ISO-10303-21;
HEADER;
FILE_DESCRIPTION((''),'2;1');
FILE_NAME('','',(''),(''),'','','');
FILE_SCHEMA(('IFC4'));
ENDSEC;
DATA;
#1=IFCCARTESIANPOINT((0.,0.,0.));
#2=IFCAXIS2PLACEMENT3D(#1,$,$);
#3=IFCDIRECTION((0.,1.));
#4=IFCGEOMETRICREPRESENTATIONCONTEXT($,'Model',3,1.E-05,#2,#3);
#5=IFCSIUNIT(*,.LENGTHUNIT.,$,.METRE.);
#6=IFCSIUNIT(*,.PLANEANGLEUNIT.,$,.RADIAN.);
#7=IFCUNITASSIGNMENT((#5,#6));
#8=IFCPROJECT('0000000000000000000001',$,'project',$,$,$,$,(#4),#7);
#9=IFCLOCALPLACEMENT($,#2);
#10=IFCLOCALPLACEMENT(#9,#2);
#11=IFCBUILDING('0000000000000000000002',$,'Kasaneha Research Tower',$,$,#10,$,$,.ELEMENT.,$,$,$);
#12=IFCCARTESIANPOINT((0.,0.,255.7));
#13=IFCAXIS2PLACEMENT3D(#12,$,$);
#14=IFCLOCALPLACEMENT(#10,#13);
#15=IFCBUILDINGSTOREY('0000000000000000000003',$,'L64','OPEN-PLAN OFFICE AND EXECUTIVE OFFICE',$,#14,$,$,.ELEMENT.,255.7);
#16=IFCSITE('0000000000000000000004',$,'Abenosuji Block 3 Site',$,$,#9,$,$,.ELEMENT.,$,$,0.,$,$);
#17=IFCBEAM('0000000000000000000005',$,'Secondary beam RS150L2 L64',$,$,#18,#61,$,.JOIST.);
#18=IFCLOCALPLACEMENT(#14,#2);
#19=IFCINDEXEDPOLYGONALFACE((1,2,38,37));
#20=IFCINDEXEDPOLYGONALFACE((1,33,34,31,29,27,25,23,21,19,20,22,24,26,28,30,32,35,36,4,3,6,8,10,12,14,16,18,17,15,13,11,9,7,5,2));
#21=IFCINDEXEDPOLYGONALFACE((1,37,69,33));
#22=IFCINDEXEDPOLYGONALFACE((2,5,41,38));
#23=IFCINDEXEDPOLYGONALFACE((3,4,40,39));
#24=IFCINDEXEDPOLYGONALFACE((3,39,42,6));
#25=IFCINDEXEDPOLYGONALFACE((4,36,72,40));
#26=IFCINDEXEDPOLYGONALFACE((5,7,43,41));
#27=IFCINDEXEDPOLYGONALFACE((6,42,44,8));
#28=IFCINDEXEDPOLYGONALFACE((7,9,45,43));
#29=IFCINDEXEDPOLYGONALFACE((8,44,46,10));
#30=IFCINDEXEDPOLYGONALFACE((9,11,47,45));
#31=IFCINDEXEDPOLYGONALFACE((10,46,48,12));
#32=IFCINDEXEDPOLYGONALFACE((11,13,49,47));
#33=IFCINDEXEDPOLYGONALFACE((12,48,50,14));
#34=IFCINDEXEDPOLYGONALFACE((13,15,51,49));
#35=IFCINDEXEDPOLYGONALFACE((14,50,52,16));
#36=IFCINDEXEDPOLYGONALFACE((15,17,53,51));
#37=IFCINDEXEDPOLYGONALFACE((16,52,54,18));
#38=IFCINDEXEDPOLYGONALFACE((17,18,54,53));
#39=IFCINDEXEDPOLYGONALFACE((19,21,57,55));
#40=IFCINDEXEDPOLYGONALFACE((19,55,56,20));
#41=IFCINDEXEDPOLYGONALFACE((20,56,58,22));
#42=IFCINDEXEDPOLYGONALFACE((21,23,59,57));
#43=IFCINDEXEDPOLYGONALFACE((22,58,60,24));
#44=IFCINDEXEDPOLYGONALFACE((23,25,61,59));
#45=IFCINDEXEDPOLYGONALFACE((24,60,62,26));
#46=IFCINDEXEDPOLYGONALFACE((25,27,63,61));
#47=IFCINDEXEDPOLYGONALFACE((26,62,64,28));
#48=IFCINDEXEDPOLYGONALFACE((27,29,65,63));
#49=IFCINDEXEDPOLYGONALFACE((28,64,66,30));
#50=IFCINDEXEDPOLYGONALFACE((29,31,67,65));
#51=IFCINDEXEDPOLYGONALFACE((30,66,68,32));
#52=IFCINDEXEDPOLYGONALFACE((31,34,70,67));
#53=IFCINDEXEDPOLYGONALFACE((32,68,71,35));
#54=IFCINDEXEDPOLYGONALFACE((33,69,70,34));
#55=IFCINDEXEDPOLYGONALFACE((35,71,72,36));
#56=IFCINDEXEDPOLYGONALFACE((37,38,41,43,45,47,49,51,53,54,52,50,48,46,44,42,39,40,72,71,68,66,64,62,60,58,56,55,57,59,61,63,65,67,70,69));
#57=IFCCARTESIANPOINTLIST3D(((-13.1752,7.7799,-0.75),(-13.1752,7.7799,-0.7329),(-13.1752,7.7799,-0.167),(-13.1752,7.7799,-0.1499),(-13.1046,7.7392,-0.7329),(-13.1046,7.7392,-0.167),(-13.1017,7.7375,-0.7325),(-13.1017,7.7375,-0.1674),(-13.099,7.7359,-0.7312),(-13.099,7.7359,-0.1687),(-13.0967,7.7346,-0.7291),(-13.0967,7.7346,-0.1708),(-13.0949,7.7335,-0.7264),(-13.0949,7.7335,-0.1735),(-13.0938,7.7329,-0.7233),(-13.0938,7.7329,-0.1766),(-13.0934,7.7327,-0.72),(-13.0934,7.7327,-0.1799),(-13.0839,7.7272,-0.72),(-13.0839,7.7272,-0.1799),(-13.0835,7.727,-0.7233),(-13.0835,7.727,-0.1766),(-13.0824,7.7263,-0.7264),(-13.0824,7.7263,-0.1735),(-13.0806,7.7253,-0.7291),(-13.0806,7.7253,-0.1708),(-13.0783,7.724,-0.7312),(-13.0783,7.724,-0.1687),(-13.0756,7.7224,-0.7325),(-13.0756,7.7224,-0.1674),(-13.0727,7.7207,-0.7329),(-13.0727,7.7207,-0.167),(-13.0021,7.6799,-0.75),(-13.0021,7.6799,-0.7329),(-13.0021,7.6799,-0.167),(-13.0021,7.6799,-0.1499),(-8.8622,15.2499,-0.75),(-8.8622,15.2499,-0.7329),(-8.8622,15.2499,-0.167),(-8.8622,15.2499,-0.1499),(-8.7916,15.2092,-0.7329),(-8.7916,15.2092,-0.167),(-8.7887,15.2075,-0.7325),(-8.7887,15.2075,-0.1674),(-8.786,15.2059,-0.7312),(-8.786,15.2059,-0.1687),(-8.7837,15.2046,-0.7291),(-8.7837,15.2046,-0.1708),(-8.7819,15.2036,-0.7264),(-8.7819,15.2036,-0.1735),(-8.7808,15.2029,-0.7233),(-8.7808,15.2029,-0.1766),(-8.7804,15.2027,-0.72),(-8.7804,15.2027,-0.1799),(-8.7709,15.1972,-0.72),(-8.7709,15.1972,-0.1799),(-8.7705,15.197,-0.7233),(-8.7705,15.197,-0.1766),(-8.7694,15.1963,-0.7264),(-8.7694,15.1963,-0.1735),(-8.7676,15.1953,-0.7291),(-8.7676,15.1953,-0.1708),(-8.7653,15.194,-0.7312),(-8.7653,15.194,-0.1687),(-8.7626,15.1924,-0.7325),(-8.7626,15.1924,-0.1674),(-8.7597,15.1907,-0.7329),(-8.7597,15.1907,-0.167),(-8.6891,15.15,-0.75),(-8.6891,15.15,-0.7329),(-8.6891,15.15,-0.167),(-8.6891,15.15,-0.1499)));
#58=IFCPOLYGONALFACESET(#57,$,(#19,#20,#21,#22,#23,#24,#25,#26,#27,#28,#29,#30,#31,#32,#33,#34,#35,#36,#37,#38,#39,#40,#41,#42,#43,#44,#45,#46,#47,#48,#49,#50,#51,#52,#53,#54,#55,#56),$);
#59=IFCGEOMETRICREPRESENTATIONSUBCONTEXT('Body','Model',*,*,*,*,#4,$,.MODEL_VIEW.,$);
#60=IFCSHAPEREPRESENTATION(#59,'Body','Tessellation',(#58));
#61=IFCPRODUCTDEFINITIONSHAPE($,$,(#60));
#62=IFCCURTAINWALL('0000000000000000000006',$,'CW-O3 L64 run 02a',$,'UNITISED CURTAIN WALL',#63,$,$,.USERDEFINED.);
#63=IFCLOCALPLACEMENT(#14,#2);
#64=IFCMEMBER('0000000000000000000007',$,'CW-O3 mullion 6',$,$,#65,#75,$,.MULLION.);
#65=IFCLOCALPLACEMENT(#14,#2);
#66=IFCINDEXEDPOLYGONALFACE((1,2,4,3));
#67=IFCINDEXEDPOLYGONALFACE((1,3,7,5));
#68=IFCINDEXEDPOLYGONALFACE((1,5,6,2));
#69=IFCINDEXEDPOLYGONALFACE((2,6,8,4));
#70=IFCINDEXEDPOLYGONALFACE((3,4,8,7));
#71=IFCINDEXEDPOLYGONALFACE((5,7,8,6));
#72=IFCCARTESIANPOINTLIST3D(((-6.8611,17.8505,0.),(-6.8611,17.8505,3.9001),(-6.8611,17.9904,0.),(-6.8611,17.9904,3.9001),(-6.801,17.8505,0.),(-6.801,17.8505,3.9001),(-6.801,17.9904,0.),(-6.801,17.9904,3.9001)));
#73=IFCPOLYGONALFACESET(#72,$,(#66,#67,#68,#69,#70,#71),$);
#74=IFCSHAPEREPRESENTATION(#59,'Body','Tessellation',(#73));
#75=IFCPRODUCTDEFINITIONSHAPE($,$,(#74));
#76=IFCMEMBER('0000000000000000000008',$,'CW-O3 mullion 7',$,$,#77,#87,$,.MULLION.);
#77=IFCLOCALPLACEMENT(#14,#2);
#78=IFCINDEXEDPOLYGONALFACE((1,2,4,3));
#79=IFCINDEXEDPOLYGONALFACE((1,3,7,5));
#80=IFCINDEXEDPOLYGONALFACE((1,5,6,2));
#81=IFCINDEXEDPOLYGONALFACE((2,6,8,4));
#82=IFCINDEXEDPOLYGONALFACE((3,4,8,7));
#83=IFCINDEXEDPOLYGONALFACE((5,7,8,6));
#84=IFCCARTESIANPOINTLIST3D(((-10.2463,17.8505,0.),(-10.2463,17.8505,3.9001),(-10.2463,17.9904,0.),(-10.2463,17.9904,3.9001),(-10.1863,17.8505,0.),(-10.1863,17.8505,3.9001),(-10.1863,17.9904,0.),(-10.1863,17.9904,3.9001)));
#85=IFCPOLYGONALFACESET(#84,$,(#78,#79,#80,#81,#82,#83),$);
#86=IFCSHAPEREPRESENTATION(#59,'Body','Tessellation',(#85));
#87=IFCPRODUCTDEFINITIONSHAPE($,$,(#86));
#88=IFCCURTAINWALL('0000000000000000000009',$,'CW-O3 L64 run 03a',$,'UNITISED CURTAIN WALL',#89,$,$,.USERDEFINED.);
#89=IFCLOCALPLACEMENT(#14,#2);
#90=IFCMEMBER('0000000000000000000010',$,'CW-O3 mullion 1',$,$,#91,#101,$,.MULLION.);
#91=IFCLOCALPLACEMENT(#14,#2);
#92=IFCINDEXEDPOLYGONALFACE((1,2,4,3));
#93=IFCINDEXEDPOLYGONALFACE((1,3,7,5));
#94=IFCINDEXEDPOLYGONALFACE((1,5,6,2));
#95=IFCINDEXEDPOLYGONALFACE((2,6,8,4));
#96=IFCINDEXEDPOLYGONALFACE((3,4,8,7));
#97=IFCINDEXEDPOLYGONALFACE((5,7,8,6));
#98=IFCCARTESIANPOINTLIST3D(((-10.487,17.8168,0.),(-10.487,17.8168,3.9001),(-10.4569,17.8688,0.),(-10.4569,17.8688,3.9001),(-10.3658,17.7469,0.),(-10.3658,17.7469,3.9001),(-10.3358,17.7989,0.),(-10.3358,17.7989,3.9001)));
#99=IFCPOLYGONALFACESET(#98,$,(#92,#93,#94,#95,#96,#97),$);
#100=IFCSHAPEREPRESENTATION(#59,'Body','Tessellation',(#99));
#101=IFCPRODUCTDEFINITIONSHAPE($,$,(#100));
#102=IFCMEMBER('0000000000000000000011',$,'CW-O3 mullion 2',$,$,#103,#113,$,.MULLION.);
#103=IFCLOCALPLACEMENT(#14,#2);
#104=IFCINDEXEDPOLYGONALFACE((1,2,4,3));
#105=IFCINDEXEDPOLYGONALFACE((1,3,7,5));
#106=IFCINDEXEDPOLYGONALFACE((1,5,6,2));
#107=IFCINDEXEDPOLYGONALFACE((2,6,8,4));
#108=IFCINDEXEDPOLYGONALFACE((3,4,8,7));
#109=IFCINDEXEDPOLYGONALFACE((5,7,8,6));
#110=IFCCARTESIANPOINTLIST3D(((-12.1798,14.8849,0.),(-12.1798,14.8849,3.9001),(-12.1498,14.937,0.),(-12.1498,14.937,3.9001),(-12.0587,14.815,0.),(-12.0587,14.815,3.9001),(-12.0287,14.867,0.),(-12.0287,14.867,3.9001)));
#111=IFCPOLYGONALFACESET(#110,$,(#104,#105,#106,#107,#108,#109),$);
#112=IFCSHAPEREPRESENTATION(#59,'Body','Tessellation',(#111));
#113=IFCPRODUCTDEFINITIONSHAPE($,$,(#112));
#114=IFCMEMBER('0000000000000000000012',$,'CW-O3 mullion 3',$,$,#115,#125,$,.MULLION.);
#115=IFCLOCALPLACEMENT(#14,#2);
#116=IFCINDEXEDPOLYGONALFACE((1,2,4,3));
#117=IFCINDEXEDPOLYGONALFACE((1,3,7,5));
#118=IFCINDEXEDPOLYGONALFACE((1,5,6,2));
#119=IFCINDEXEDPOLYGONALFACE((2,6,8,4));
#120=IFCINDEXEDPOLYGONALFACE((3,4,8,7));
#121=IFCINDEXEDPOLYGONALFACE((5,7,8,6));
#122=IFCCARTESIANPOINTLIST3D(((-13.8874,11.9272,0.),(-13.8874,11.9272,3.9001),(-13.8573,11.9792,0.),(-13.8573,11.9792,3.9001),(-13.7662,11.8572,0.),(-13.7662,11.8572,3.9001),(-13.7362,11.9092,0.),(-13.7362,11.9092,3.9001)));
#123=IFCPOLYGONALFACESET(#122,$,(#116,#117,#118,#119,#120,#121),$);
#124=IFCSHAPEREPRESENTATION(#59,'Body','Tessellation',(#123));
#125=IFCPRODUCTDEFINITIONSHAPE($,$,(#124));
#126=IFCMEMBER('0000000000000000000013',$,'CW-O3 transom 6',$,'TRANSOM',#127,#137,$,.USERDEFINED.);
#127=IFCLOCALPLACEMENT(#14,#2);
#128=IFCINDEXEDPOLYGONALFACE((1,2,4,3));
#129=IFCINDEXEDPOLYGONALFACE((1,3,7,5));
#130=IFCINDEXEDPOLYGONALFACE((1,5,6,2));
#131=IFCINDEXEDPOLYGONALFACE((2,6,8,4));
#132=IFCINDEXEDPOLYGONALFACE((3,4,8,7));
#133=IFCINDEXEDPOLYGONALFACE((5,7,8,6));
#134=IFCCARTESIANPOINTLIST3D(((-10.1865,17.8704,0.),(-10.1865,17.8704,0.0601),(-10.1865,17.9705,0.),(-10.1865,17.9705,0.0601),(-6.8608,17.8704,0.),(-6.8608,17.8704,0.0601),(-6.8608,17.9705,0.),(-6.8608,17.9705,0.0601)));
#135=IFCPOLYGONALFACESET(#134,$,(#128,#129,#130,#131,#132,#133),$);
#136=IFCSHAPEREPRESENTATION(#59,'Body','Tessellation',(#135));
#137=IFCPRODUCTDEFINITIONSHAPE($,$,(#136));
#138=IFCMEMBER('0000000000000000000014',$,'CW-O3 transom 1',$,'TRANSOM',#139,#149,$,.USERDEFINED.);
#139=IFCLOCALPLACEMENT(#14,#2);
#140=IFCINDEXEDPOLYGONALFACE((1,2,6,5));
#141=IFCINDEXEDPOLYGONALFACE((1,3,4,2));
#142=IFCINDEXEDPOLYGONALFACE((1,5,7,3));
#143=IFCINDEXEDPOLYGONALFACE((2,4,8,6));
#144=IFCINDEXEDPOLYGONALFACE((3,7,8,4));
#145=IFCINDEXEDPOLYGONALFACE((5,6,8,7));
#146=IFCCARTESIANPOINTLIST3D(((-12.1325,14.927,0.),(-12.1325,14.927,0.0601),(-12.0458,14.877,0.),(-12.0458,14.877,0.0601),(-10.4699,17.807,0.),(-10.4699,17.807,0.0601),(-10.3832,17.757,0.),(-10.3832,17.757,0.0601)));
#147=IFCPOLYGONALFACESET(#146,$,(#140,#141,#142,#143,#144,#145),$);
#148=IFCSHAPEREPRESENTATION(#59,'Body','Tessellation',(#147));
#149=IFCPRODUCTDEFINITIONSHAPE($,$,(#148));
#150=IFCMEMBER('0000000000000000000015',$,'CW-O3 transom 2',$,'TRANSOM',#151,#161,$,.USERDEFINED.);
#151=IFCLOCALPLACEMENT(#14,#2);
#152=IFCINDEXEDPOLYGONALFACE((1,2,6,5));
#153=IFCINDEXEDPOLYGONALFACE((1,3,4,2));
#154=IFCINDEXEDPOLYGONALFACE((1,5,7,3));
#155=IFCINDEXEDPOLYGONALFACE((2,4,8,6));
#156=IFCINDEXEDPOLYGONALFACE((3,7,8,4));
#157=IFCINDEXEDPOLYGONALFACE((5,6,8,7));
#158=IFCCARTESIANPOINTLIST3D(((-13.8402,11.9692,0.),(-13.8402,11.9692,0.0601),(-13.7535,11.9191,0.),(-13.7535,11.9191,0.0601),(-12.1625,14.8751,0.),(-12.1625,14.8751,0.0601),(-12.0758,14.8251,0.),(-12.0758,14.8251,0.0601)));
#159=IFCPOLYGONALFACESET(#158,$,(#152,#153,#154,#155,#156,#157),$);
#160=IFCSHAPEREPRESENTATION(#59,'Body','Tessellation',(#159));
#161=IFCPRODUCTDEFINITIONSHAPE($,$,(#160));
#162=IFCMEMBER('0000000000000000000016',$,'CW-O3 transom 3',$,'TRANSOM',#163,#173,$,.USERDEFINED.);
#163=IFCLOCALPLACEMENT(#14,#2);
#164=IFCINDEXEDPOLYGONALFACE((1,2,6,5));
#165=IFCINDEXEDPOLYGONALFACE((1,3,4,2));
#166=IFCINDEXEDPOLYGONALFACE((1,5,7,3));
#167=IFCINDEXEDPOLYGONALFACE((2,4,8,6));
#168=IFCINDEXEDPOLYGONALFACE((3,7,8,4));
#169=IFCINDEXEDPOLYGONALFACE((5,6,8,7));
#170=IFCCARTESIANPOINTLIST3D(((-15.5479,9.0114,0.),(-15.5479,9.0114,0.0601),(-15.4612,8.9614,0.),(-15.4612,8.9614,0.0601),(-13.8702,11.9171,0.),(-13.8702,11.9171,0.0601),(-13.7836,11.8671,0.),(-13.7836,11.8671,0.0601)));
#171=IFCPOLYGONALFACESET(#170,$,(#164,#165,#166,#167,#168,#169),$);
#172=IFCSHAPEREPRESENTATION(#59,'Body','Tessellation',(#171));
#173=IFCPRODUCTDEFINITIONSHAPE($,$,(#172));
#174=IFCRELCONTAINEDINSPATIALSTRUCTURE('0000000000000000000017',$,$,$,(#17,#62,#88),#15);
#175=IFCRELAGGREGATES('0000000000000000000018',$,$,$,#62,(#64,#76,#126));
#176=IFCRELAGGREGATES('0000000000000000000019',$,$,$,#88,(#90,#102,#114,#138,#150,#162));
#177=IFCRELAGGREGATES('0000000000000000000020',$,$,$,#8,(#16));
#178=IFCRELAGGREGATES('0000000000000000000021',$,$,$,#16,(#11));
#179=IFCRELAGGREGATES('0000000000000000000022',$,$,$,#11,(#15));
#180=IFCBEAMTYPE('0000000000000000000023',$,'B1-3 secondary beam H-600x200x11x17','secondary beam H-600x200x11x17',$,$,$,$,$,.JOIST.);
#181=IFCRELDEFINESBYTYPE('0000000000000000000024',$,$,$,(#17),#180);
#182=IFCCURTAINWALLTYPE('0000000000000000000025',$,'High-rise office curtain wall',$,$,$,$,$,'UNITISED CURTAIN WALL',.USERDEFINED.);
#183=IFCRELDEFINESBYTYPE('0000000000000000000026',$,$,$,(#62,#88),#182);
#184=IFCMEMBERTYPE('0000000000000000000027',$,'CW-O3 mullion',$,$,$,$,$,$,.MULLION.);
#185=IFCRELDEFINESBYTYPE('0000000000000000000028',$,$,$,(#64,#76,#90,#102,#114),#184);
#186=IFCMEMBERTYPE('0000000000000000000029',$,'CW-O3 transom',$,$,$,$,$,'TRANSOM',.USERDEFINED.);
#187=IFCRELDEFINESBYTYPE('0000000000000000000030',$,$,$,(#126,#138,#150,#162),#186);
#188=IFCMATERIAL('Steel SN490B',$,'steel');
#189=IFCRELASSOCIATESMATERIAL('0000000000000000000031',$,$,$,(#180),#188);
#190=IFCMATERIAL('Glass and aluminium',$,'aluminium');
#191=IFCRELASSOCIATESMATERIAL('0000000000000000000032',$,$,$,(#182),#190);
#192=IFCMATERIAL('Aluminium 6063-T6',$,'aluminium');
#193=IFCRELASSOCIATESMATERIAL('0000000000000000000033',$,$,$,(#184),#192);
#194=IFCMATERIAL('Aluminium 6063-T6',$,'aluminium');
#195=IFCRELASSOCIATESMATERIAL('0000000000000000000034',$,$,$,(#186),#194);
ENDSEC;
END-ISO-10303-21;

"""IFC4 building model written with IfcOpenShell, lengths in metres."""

from ifc_helpers import new_model, si_unit, direction, frame, origin, origin_2d, place, context, subcontext, project, spatial, rectangle, i_section, extrude, material, material_profile, profile_set, type_object, element, aggregate, save


model = new_model("IFC4")

# Units and contexts
model_context = context("Model", 3, precision=1e-05, world=origin(), true_north=direction((0.0, 1.0)))
body_context = subcontext(model_context, "Body", "Model", "MODEL_VIEW")
ifc_project = project(units=[si_unit("LENGTHUNIT", "METRE"), si_unit("PLANEANGLEUNIT", "RADIAN")], contexts=[model_context])

# Site, building, storey
site_placement = place(None, origin())
site = spatial("IfcSite", under=ifc_project, at=site_placement, Name="Abenosuji Block 3 Site", CompositionType="ELEMENT", RefElevation=0.0)
building_placement = place(site_placement, origin())
building = spatial("IfcBuilding", under=site, at=building_placement, Name="Kasaneha Research Tower", CompositionType="ELEMENT")
storey_placement = place(building_placement, frame((0.0, 0.0, 255.7)))
storey = spatial("IfcBuildingStorey", under=building, at=storey_placement, Name="L64", Description="OPEN-PLAN OFFICE AND EXECUTIVE OFFICE", CompositionType="ELEMENT", Elevation=255.7)

# Beam
ifc_material_1 = material(Name="Steel SN490B", Category="steel")
ifc_material_profile_1 = material_profile(ifc_material_1, i_section(OverallWidth=0.2, OverallDepth=0.6001, WebThickness=0.011, FlangeThickness=0.0171, FilletRadius=0.0129, at=origin_2d()), Name="H-600x200x11x17")
ifc_profile_set_1 = profile_set([ifc_material_profile_1], Name="Steel SN490B")
beam_type_1 = type_object("IfcBeamType", Name="B1-3 secondary beam H-600x200x11x17", Description="secondary beam H-600x200x11x17", PredefinedType="JOIST", material=ifc_profile_set_1)
beam_1_placement = place(storey_placement, frame((-8.7756, 15.2, -0.45), z_axis=(-0.500017, -0.866015, 0.0), x_axis=(0.866015, -0.500017, 0.0)))
element("IfcBeam", 1, at=beam_1_placement, inside=storey, type_object=beam_type_1, Name="Secondary beam RS150L2 L64", PredefinedType="JOIST", context=body_context, shape_type="SweptSolid", body=[
    extrude(i_section(OverallWidth=0.2, OverallDepth=0.6001, WebThickness=0.011, FlangeThickness=0.0171, FilletRadius=0.0129, at=origin_2d()), origin(), (0.0, 0.0, 1.0), 8.6257),
])

# Curtain walls, members
ifc_material_2 = material(Name="Glass and aluminium", Category="aluminium")
curtain_wall_type = type_object("IfcCurtainWallType", Name="High-rise office curtain wall", ElementType="UNITISED CURTAIN WALL", PredefinedType="USERDEFINED", material=ifc_material_2)
curtain_wall_1_placement = place(storey_placement, origin())
curtain_wall_1 = element("IfcCurtainWall", 2, at=curtain_wall_1_placement, inside=storey, type_object=curtain_wall_type, Name="CW-O3 L64 run 02a", ObjectType="UNITISED CURTAIN WALL", PredefinedType="USERDEFINED")
ifc_material_3 = material(Name="Aluminium 6063-T6", Category="aluminium")
ifc_material_profile_2 = material_profile(ifc_material_3, rectangle(XDim=0.0601, YDim=0.1399, at=origin_2d()), Name="CW-O3 mullion 60x140")
ifc_profile_set_2 = profile_set([ifc_material_profile_2], Name="Aluminium 6063-T6")
member_type_1 = type_object("IfcMemberType", Name="CW-O3 mullion", PredefinedType="MULLION", material=ifc_profile_set_2)
member_1_placement = place(storey_placement, frame((-6.8311, 17.9204, 0.0), z_axis=(0.0, 0.0, 1.0), x_axis=(-1.0, 0.0, 0.0)))
member_1 = element("IfcMember", 3, at=member_1_placement, type_object=member_type_1, Name="CW-O3 mullion 6", PredefinedType="MULLION", context=body_context, shape_type="SweptSolid", body=[
    extrude(rectangle(XDim=0.0601, YDim=0.1399, at=origin_2d()), origin(), (0.0, 0.0, 1.0), 3.9001),
])
member_2_placement = place(storey_placement, frame((-10.2163, 17.9204, 0.0), z_axis=(0.0, 0.0, 1.0), x_axis=(-1.0, 0.0, 0.0)))
member_2 = element("IfcMember", 4, at=member_2_placement, type_object=member_type_1, Name="CW-O3 mullion 7", PredefinedType="MULLION", context=body_context, shape_type="SweptSolid", body=[
    extrude(rectangle(XDim=0.0601, YDim=0.1399, at=origin_2d()), origin(), (0.0, 0.0, 1.0), 3.9001),
])
curtain_wall_2_placement = place(storey_placement, origin())
curtain_wall_2 = element("IfcCurtainWall", 5, at=curtain_wall_2_placement, inside=storey, type_object=curtain_wall_type, Name="CW-O3 L64 run 03a", ObjectType="UNITISED CURTAIN WALL", PredefinedType="USERDEFINED")
member_3_placement = place(storey_placement, frame((-10.4114, 17.8079, 0.0), z_axis=(0.0, 0.0, 1.0), x_axis=(-0.5, -0.866025, 0.0)))
member_3 = element("IfcMember", 6, at=member_3_placement, type_object=member_type_1, Name="CW-O3 mullion 1", PredefinedType="MULLION", context=body_context, shape_type="SweptSolid", body=[
    extrude(rectangle(XDim=0.0601, YDim=0.1399, at=origin_2d()), origin(), (0.0, 0.0, 1.0), 3.9001),
])
member_4_placement = place(storey_placement, frame((-12.1042, 14.876, 0.0), z_axis=(0.0, 0.0, 1.0), x_axis=(-0.5, -0.866025, 0.0)))
member_4 = element("IfcMember", 7, at=member_4_placement, type_object=member_type_1, Name="CW-O3 mullion 2", PredefinedType="MULLION", context=body_context, shape_type="SweptSolid", body=[
    extrude(rectangle(XDim=0.0601, YDim=0.1399, at=origin_2d()), origin(), (0.0, 0.0, 1.0), 3.9001),
])
member_5_placement = place(storey_placement, frame((-13.8118, 11.9182, 0.0), z_axis=(0.0, 0.0, 1.0), x_axis=(-0.5, -0.866025, 0.0)))
member_5 = element("IfcMember", 8, at=member_5_placement, type_object=member_type_1, Name="CW-O3 mullion 3", PredefinedType="MULLION", context=body_context, shape_type="SweptSolid", body=[
    extrude(rectangle(XDim=0.0601, YDim=0.1399, at=origin_2d()), origin(), (0.0, 0.0, 1.0), 3.9001),
])

# Members
ifc_material_4 = material(Name="Aluminium 6063-T6", Category="aluminium")
ifc_material_profile_3 = material_profile(ifc_material_4, rectangle(XDim=0.1001, YDim=0.0601, at=origin_2d()), Name="CW-O3 transom 100x60")
ifc_profile_set_3 = profile_set([ifc_material_profile_3], Name="Aluminium 6063-T6")
member_type_2 = type_object("IfcMemberType", Name="CW-O3 transom", ElementType="TRANSOM", PredefinedType="USERDEFINED", material=ifc_profile_set_3)
member_6_placement = place(storey_placement, frame((-6.8608, 17.9204, 0.03), z_axis=(-1.0, 0.0, 0.0), x_axis=(0.0, -1.0, 0.0)))
member_6 = element("IfcMember", 9, at=member_6_placement, type_object=member_type_2, Name="CW-O3 transom 6", ObjectType="TRANSOM", PredefinedType="USERDEFINED", context=body_context, shape_type="SweptSolid", body=[
    extrude(rectangle(XDim=0.1001, YDim=0.0601, at=origin_2d()), origin(), (0.0, 0.0, 1.0), 3.3257),
])
member_7_placement = place(storey_placement, frame((-10.4265, 17.782, 0.03), z_axis=(-0.499977, -0.866039, 0.0), x_axis=(0.866039, -0.499977, 0.0)))
member_7 = element("IfcMember", 10, at=member_7_placement, type_object=member_type_2, Name="CW-O3 transom 1", ObjectType="TRANSOM", PredefinedType="USERDEFINED", context=body_context, shape_type="SweptSolid", body=[
    extrude(rectangle(XDim=0.1001, YDim=0.0601, at=origin_2d()), origin(), (0.0, 0.0, 1.0), 3.3254),
])
member_8_placement = place(storey_placement, frame((-12.1191, 14.8501, 0.03), z_axis=(-0.499989, -0.866032, 0.0), x_axis=(0.866032, -0.499989, 0.0)))
member_8 = element("IfcMember", 11, at=member_8_placement, type_object=member_type_2, Name="CW-O3 transom 2", ObjectType="TRANSOM", PredefinedType="USERDEFINED", context=body_context, shape_type="SweptSolid", body=[
    extrude(rectangle(XDim=0.1001, YDim=0.0601, at=origin_2d()), origin(), (0.0, 0.0, 1.0), 3.3555),
])
member_9_placement = place(storey_placement, frame((-13.8269, 11.8921, 0.03), z_axis=(-0.500021, -0.866014, 0.0), x_axis=(0.866014, -0.500021, 0.0)))
member_9 = element("IfcMember", 12, at=member_9_placement, type_object=member_type_2, Name="CW-O3 transom 3", ObjectType="TRANSOM", PredefinedType="USERDEFINED", context=body_context, shape_type="SweptSolid", body=[
    extrude(rectangle(XDim=0.1001, YDim=0.0601, at=origin_2d()), origin(), (0.0, 0.0, 1.0), 3.3552),
])

aggregate(curtain_wall_1, [member_1, member_2, member_6])
aggregate(curtain_wall_2, [member_3, member_4, member_5, member_7, member_8, member_9])

save(model, "model.ifc")
